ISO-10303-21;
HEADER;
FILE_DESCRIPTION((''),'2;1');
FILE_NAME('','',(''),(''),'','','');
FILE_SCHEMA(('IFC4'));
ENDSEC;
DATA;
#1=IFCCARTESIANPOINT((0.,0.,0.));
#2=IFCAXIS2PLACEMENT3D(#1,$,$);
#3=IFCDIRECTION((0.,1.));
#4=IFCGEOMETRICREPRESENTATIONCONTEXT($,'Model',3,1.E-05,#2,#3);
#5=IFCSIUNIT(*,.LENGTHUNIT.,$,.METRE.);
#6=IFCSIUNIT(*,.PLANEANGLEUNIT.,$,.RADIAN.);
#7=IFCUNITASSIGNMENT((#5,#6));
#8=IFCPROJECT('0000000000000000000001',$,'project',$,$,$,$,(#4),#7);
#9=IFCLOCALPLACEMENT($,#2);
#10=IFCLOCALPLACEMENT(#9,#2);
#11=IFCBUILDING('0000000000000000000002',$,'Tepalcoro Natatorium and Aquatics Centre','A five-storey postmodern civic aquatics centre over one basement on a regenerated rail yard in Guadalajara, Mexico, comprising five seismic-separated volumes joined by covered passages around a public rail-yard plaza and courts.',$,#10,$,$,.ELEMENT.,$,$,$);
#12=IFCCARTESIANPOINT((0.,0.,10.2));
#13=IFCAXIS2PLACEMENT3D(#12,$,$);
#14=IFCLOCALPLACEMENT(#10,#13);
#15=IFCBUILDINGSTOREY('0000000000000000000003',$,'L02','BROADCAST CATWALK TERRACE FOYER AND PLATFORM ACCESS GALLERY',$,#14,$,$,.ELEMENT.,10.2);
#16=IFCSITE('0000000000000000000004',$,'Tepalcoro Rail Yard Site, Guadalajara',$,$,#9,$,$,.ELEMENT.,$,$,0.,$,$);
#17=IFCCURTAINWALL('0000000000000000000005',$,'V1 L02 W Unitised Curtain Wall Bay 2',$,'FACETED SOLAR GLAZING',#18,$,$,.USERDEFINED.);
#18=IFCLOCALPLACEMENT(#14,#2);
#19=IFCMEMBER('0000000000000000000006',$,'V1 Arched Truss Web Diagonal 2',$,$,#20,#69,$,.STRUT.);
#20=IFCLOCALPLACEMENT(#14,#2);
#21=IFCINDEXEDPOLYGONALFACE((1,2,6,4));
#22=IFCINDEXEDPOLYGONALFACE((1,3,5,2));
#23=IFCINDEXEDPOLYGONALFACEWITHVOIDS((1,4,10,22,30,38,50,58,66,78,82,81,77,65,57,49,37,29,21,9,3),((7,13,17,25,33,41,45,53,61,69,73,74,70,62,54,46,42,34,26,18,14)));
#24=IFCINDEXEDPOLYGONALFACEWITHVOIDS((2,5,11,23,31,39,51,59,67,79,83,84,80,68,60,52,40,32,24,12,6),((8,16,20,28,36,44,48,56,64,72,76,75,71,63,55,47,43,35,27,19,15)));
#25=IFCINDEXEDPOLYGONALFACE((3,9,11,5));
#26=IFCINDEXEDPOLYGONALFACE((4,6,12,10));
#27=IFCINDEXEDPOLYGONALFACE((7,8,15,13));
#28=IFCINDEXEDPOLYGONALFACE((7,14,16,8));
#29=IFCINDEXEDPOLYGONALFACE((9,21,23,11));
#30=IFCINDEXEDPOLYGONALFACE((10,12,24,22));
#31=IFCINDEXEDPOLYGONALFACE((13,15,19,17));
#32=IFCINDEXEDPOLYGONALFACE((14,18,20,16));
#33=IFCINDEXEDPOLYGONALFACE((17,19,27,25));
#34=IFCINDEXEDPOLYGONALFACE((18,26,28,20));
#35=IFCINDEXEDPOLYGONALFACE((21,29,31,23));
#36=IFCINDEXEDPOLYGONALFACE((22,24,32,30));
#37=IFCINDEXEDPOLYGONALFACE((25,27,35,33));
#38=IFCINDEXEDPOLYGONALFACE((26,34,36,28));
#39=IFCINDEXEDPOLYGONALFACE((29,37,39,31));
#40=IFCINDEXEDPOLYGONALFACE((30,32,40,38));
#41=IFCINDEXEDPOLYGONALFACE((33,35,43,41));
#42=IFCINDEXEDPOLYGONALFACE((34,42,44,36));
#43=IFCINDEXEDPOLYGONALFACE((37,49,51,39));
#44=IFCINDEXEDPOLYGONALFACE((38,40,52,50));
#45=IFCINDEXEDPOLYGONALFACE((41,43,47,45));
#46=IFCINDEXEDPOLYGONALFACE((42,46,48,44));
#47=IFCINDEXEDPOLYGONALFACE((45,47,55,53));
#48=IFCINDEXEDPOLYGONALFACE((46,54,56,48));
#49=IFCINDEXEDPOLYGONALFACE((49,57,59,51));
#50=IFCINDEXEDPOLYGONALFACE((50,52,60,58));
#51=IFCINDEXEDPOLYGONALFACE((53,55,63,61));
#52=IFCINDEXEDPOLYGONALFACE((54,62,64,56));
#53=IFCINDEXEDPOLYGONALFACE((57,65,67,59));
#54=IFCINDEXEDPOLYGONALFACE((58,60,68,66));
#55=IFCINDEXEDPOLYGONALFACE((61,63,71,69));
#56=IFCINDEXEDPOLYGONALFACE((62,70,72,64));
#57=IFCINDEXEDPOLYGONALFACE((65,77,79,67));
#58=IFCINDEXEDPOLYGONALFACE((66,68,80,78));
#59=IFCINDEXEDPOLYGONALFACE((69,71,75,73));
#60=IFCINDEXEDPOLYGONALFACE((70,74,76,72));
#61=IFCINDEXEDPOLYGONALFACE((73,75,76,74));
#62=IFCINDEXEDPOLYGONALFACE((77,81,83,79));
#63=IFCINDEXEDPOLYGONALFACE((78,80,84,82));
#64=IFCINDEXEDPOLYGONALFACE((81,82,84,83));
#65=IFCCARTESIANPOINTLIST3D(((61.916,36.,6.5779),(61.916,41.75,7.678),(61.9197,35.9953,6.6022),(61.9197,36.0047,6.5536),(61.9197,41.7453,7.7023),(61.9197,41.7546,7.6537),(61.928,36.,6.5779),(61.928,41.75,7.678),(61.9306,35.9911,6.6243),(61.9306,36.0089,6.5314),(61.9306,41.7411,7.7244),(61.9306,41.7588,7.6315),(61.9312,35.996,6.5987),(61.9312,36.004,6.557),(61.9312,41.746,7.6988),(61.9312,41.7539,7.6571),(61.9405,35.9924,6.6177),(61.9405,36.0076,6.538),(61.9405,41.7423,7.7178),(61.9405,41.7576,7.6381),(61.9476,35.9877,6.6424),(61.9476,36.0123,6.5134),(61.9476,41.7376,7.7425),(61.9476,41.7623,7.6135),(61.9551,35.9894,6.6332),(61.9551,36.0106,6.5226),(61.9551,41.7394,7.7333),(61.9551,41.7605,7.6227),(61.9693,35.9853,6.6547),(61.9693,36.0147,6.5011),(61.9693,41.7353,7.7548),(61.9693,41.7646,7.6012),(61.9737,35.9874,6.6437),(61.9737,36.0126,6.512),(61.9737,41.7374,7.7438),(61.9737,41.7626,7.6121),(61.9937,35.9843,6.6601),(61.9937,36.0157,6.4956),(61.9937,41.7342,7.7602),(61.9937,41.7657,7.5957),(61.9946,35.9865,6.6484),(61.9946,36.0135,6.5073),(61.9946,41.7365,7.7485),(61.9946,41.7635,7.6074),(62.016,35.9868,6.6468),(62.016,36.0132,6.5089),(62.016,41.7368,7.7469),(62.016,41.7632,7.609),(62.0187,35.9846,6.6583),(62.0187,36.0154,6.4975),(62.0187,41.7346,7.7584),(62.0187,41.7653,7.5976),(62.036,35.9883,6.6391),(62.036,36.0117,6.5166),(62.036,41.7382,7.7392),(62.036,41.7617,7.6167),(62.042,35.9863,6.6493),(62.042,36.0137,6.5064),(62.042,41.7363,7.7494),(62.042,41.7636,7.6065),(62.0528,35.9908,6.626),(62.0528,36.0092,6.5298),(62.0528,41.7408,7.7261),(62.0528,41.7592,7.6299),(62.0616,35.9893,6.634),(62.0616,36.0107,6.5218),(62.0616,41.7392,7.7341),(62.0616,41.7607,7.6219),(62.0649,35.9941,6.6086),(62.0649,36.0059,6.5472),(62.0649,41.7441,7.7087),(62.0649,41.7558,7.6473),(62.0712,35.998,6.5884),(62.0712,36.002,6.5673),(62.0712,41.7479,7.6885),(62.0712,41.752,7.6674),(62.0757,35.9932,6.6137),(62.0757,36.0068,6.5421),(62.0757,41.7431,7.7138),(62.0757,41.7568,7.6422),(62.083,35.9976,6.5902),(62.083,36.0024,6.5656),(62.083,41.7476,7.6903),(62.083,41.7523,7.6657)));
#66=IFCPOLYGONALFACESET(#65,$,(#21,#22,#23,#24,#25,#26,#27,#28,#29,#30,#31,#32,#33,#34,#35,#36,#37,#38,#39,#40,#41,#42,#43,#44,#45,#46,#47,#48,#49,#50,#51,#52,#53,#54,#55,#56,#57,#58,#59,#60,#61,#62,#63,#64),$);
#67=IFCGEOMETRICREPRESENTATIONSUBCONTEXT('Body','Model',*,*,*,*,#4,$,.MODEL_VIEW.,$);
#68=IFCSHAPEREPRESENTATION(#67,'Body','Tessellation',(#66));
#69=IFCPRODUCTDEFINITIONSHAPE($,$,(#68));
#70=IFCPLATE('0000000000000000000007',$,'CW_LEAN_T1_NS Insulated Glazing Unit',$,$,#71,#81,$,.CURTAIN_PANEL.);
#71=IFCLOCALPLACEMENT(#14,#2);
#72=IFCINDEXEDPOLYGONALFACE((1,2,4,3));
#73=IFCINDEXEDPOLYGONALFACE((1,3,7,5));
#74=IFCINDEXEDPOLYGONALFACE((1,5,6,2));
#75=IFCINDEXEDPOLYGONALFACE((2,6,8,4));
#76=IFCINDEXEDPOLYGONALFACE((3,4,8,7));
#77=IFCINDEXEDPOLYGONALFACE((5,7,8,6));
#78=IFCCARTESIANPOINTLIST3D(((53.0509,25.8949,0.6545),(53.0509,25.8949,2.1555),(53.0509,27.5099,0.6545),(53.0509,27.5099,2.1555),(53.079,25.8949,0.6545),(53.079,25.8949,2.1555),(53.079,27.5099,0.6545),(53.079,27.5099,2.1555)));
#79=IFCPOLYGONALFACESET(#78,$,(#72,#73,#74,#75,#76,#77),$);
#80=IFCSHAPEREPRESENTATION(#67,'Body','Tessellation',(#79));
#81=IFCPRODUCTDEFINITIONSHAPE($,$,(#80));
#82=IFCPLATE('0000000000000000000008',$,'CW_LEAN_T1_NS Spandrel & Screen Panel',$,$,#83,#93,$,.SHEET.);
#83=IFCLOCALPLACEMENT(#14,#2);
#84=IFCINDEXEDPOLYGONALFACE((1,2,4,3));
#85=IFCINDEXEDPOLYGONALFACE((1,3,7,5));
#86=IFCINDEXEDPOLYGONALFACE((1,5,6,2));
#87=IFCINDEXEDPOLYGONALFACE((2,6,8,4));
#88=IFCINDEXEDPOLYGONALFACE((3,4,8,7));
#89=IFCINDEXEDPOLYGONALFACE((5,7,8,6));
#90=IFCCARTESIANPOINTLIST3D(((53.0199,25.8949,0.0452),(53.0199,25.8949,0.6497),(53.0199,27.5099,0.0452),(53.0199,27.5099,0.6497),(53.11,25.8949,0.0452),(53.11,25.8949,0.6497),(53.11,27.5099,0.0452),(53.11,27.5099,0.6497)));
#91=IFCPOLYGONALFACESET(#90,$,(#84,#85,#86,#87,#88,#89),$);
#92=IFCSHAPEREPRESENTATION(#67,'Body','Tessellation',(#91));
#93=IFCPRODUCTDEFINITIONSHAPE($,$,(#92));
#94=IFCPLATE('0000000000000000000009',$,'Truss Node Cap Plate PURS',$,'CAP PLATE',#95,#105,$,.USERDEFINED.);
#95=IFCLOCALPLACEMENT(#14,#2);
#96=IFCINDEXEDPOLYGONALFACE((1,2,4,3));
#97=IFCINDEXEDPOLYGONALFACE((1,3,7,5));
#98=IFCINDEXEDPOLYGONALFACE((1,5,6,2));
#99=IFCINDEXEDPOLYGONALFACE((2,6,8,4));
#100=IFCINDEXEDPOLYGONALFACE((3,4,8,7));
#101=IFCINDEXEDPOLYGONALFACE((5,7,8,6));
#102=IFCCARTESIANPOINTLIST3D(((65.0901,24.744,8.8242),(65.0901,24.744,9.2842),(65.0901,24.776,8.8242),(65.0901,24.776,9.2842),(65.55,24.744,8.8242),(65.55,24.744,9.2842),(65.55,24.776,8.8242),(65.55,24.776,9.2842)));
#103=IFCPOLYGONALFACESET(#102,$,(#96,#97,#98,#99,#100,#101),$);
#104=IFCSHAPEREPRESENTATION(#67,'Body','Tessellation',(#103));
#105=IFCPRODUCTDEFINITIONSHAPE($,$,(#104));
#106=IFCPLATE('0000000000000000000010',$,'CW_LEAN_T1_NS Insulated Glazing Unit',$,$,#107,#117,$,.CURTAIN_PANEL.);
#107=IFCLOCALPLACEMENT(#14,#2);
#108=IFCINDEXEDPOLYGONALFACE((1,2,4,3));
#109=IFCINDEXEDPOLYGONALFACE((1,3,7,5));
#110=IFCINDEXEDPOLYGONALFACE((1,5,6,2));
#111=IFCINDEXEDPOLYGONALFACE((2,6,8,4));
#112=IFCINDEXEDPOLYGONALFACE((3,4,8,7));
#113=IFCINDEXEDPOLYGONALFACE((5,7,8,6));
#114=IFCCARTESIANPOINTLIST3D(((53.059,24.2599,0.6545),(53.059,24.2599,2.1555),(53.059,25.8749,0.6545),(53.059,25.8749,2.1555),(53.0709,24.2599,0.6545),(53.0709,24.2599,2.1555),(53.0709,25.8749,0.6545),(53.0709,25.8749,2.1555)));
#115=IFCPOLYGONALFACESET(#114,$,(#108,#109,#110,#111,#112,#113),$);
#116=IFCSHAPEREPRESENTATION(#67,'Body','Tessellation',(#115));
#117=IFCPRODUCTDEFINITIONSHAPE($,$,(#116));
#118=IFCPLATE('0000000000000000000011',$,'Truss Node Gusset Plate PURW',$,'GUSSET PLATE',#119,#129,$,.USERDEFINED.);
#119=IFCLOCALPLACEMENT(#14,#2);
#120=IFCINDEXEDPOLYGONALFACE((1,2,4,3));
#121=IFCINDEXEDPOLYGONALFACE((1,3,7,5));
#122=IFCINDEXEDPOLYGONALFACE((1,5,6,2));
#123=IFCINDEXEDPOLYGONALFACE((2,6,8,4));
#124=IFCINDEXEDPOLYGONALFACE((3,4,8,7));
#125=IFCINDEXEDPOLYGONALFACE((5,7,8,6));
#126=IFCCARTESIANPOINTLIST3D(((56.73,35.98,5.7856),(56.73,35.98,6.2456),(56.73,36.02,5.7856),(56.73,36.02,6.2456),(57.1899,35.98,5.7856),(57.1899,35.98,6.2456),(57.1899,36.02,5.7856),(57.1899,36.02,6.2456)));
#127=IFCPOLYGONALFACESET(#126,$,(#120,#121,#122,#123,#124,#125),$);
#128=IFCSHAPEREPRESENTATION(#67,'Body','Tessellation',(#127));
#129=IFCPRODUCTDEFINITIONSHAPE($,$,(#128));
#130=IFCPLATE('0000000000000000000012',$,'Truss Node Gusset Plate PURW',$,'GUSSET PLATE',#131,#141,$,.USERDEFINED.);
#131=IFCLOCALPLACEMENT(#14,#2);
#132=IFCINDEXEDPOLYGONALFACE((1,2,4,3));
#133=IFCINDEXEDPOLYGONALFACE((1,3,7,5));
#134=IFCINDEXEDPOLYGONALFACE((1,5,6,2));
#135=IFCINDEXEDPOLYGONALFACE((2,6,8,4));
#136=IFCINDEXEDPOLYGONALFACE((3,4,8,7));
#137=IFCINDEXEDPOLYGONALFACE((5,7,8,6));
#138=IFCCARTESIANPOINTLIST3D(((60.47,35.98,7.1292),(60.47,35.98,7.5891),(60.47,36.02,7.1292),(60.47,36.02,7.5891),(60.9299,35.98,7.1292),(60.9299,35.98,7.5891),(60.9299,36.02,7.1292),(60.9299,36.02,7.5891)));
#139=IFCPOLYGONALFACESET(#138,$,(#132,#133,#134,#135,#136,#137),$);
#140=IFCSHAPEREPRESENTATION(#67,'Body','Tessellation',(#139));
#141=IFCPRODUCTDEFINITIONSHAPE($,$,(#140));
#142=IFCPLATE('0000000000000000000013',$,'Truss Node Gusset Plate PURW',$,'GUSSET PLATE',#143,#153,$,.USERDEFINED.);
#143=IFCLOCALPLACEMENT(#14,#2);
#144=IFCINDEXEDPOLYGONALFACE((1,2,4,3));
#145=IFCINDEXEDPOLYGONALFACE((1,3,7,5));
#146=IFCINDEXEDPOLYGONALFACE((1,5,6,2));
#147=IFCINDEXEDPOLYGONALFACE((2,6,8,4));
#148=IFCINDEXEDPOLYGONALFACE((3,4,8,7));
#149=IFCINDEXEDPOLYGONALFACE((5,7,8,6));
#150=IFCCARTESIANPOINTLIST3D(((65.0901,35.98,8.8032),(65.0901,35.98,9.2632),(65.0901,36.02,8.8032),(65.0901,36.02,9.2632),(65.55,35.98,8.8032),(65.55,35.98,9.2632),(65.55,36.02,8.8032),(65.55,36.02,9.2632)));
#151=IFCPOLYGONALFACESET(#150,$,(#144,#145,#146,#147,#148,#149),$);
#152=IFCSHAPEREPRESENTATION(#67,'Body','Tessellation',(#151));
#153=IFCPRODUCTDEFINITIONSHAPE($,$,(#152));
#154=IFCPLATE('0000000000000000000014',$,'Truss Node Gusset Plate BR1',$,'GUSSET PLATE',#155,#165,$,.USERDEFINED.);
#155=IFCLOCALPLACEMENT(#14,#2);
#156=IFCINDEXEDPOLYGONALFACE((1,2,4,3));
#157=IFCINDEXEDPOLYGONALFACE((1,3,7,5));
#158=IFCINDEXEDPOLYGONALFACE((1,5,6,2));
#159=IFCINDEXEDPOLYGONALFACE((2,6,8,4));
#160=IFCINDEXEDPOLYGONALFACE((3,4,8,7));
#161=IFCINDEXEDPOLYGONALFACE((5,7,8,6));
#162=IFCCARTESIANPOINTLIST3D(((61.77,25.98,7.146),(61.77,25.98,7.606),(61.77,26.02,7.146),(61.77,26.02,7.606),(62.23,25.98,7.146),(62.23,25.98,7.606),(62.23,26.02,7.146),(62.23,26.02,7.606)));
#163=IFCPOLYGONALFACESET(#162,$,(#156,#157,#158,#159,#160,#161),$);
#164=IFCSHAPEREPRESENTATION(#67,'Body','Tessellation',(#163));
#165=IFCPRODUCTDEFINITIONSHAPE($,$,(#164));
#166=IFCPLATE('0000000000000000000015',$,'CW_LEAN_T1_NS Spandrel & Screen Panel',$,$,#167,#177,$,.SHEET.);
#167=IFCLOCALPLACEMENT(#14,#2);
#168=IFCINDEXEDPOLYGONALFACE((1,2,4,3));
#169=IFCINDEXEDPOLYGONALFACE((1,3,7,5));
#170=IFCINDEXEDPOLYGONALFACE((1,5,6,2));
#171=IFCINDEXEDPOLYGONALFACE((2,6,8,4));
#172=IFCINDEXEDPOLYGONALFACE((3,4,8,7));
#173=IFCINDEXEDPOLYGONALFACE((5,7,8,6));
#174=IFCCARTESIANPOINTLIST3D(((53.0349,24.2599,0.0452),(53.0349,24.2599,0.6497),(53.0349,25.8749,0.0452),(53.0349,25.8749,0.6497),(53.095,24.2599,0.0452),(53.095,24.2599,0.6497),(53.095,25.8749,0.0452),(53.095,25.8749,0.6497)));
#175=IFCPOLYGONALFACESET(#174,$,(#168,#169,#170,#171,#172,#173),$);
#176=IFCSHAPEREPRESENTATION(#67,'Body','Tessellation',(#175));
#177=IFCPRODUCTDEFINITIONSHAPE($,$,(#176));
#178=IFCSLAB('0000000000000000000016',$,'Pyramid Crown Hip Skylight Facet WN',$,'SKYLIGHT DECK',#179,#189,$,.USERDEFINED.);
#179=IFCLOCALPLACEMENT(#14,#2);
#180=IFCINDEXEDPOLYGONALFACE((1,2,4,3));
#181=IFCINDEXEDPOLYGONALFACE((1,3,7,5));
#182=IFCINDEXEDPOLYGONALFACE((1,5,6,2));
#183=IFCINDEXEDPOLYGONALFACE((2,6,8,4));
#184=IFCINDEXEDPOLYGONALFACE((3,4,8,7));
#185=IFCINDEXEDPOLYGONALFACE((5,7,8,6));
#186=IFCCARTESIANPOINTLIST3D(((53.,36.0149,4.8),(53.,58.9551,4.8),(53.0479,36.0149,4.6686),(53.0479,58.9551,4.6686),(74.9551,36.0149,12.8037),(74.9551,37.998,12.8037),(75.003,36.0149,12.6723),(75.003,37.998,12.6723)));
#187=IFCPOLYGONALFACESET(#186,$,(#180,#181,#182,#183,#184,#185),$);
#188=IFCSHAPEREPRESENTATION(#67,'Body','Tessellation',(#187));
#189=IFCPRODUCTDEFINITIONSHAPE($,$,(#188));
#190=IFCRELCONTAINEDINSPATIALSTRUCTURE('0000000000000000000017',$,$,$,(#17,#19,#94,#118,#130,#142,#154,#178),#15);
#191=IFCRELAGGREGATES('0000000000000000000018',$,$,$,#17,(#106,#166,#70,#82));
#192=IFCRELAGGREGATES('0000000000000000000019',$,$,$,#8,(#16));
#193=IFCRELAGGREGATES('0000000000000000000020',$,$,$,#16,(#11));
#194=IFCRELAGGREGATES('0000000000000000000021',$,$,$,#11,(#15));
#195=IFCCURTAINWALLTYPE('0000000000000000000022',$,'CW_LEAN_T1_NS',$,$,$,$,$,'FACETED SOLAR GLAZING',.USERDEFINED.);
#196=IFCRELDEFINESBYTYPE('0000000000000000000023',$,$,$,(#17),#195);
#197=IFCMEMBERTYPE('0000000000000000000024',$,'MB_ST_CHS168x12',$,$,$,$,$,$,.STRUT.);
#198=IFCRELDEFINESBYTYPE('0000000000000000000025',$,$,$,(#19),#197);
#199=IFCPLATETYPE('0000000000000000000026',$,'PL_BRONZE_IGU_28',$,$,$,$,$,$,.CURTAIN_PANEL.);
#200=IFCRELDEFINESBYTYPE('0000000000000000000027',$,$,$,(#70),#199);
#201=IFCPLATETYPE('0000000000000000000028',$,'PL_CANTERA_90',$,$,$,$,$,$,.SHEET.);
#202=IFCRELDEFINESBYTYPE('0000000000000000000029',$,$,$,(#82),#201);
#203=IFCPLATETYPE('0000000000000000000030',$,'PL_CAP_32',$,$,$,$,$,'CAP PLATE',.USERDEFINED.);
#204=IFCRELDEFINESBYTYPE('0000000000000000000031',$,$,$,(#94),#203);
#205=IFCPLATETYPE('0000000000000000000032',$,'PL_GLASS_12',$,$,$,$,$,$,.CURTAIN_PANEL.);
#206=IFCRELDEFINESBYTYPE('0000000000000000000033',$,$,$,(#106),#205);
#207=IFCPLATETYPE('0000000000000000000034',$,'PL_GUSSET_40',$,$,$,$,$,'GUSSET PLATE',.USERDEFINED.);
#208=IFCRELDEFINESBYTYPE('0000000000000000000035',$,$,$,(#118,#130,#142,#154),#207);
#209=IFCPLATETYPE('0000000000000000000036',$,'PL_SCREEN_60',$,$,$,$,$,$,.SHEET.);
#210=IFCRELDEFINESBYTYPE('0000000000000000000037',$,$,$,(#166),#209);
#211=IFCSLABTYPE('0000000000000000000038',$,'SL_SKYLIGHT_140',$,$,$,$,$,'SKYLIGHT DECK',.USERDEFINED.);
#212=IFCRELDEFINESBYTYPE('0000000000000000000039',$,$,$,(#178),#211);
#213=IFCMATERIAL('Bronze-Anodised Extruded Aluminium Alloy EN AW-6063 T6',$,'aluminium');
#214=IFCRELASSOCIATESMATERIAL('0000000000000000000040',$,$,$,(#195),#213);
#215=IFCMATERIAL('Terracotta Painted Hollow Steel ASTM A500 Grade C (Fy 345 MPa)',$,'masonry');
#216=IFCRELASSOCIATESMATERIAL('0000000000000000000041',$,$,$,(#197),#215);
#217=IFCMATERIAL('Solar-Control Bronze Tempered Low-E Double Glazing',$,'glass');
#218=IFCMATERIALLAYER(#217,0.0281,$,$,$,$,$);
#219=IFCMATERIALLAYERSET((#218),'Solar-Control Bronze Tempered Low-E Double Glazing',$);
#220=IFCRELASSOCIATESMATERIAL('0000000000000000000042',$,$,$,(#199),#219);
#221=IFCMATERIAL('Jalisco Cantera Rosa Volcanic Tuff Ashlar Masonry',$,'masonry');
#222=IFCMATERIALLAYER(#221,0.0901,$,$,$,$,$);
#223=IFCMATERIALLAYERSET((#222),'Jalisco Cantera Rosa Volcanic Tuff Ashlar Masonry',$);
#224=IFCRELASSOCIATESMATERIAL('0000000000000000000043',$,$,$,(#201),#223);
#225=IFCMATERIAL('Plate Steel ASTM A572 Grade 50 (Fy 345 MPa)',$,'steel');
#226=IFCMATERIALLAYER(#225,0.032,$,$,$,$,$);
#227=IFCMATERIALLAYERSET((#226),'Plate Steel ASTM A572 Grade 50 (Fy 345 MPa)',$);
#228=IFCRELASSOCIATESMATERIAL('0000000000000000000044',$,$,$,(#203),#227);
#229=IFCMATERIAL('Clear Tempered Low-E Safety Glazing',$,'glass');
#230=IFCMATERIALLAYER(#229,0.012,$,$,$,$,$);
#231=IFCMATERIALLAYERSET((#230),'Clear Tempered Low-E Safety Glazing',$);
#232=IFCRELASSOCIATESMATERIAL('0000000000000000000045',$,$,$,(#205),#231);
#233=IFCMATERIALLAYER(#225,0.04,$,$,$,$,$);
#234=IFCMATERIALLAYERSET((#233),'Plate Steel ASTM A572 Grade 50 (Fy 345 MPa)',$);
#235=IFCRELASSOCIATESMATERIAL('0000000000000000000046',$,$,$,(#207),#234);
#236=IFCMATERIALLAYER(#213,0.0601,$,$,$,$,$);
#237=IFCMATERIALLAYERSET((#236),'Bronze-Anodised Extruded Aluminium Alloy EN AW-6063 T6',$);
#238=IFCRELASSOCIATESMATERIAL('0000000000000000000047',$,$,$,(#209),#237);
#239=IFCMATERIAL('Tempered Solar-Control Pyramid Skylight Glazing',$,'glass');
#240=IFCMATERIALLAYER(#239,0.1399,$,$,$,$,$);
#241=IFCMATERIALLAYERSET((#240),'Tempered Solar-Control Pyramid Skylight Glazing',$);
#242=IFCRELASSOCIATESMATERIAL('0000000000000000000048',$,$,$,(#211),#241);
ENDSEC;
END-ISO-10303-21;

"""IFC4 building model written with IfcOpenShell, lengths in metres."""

from ifc_helpers import new_model, si_unit, direction, frame, origin, origin_2d, place, context, subcontext, project, spatial, polyline, rectangle, hollow_circle, outline, extrude, material, layer, layer_set, material_profile, profile_set, type_object, element, aggregate, save


model = new_model("IFC4")

# Units and contexts
model_context = context("Model", 3, precision=1e-05, world=origin(), true_north=direction((0.0, 1.0)))
body_context = subcontext(model_context, "Body", "Model", "MODEL_VIEW")
ifc_project = project(units=[si_unit("LENGTHUNIT", "METRE"), si_unit("PLANEANGLEUNIT", "RADIAN")], contexts=[model_context])

# Site, building, storey
site_placement = place(None, origin())
site = spatial("IfcSite", under=ifc_project, at=site_placement, Name="Tepalcoro Rail Yard Site, Guadalajara", CompositionType="ELEMENT", RefElevation=0.0)
building_placement = place(site_placement, origin())
building = spatial("IfcBuilding", under=site, at=building_placement, Name="Tepalcoro Natatorium and Aquatics Centre", Description="A five-storey postmodern civic aquatics centre over one basement on a regenerated rail yard in Guadalajara, Mexico, comprising five seismic-separated volumes joined by covered passages around a public rail-yard plaza and courts.", CompositionType="ELEMENT")
storey_placement = place(building_placement, frame((0.0, 0.0, 10.2)))
storey = spatial("IfcBuildingStorey", under=building, at=storey_placement, Name="L02", Description="BROADCAST CATWALK TERRACE FOYER AND PLATFORM ACCESS GALLERY", CompositionType="ELEMENT", Elevation=10.2)

# Shared definitions
ifc_material_1 = material(Name="Terracotta Painted Hollow Steel ASTM A500 Grade C (Fy 345 MPa)", Category="masonry")

# Curtain wall
ifc_material_2 = material(Name="Bronze-Anodised Extruded Aluminium Alloy EN AW-6063 T6", Category="aluminium")
curtain_wall_type = type_object("IfcCurtainWallType", Name="CW_LEAN_T1_NS", ElementType="FACETED SOLAR GLAZING", PredefinedType="USERDEFINED", material=ifc_material_2)
curtain_wall_placement = place(storey_placement, origin())
curtain_wall = element("IfcCurtainWall", 1, at=curtain_wall_placement, inside=storey, type_object=curtain_wall_type, Name="V1 L02 W Unitised Curtain Wall Bay 2", ObjectType="FACETED SOLAR GLAZING", PredefinedType="USERDEFINED")

# Member
ifc_material_profile_1 = material_profile(ifc_material_1, hollow_circle(Radius=0.084, WallThickness=0.012, at=origin_2d()), Name="CHS168X12")
ifc_profile_set_1 = profile_set([ifc_material_profile_1], Name="Terracotta Painted Hollow Steel ASTM A500 Grade C (Fy 345 MPa)")
member_type_1 = type_object("IfcMemberType", Name="MB_ST_CHS168x12", PredefinedType="STRUT", material=ifc_profile_set_1)
for number, where, z_axis, x_axis, name in (
    (2, (62.0, 36.0, 6.5779), (0.0, 0.982186, 0.187913), (-1.0, 0.0, 0.0), "V1 Arched Truss Web Diagonal 2"),
):
    element("IfcMember", number, at=place(storey_placement, frame(where, z_axis=z_axis, x_axis=x_axis)), inside=storey, type_object=member_type_1, Name=name, PredefinedType="STRUT", context=body_context, shape_type="SweptSolid", body=[
        extrude(hollow_circle(Radius=0.084, WallThickness=0.012, at=origin_2d()), origin(), (0.0, 0.0, 1.0), 5.8542),
    ])

# Plates
ifc_material_3 = material(Name="Solar-Control Bronze Tempered Low-E Double Glazing", Category="glass")
ifc_layer_1 = layer(ifc_material_3, 0.0281)
ifc_layer_set_1 = layer_set([ifc_layer_1], Name="Solar-Control Bronze Tempered Low-E Double Glazing")
plate_type_1 = type_object("IfcPlateType", Name="PL_BRONZE_IGU_28", PredefinedType="CURTAIN_PANEL", material=ifc_layer_set_1)
plate_1_placement = place(storey_placement, frame((53.0649, 26.7024, 0.6545), z_axis=(0.0, 0.0, 1.0), x_axis=(1.0, 0.0, 0.0)))
plate_1 = element("IfcPlate", 3, at=plate_1_placement, type_object=plate_type_1, Name="CW_LEAN_T1_NS Insulated Glazing Unit", PredefinedType="CURTAIN_PANEL", context=body_context, shape_type="SweptSolid", body=[
    extrude(rectangle(XDim=0.0281, YDim=1.615, at=origin_2d()), origin(), (0.0, 0.0, 1.0), 1.501),
])
ifc_material_4 = material(Name="Jalisco Cantera Rosa Volcanic Tuff Ashlar Masonry", Category="masonry")
ifc_layer_2 = layer(ifc_material_4, 0.0901)
ifc_layer_set_2 = layer_set([ifc_layer_2], Name="Jalisco Cantera Rosa Volcanic Tuff Ashlar Masonry")
plate_type_2 = type_object("IfcPlateType", Name="PL_CANTERA_90", PredefinedType="SHEET", material=ifc_layer_set_2)
plate_2_placement = place(storey_placement, frame((53.0649, 26.7024, 0.0452), z_axis=(0.0, 0.0, 1.0), x_axis=(1.0, 0.0, 0.0)))
plate_2 = element("IfcPlate", 4, at=plate_2_placement, type_object=plate_type_2, Name="CW_LEAN_T1_NS Spandrel & Screen Panel", PredefinedType="SHEET", context=body_context, shape_type="SweptSolid", body=[
    extrude(rectangle(XDim=0.0901, YDim=1.615, at=origin_2d()), origin(), (0.0, 0.0, 1.0), 0.6045),
])
ifc_material_5 = material(Name="Plate Steel ASTM A572 Grade 50 (Fy 345 MPa)", Category="steel")
ifc_layer_3 = layer(ifc_material_5, 0.032)
ifc_layer_set_3 = layer_set([ifc_layer_3], Name="Plate Steel ASTM A572 Grade 50 (Fy 345 MPa)")
plate_type_3 = type_object("IfcPlateType", Name="PL_CAP_32", ElementType="CAP PLATE", PredefinedType="USERDEFINED", material=ifc_layer_set_3)
plate_3_placement = place(storey_placement, frame((65.3201, 24.76, 8.8242), z_axis=(0.0, 0.0, 1.0), x_axis=(1.0, 0.0, 0.0)))
element("IfcPlate", 5, at=plate_3_placement, inside=storey, type_object=plate_type_3, Name="Truss Node Cap Plate PURS", ObjectType="CAP PLATE", PredefinedType="USERDEFINED", context=body_context, shape_type="SweptSolid", body=[
    extrude(rectangle(XDim=0.46, YDim=0.032, at=origin_2d()), origin(), (0.0, 0.0, 1.0), 0.46),
])
ifc_material_6 = material(Name="Clear Tempered Low-E Safety Glazing", Category="glass")
ifc_layer_4 = layer(ifc_material_6, 0.012)
ifc_layer_set_4 = layer_set([ifc_layer_4], Name="Clear Tempered Low-E Safety Glazing")
plate_type_4 = type_object("IfcPlateType", Name="PL_GLASS_12", PredefinedType="CURTAIN_PANEL", material=ifc_layer_set_4)
plate_4_placement = place(storey_placement, frame((53.0649, 25.0674, 0.6545), z_axis=(0.0, 0.0, 1.0), x_axis=(1.0, 0.0, 0.0)))
plate_4 = element("IfcPlate", 6, at=plate_4_placement, type_object=plate_type_4, Name="CW_LEAN_T1_NS Insulated Glazing Unit", PredefinedType="CURTAIN_PANEL", context=body_context, shape_type="SweptSolid", body=[
    extrude(rectangle(XDim=0.012, YDim=1.615, at=origin_2d()), origin(), (0.0, 0.0, 1.0), 1.501),
])

# Plates
ifc_layer_5 = layer(ifc_material_5, 0.04)
ifc_layer_set_5 = layer_set([ifc_layer_5], Name="Plate Steel ASTM A572 Grade 50 (Fy 345 MPa)")
plate_type_5 = type_object("IfcPlateType", Name="PL_GUSSET_40", ElementType="GUSSET PLATE", PredefinedType="USERDEFINED", material=ifc_layer_set_5)
for number, where, z_axis, x_axis, name in (
    (7, (56.96, 36.0, 5.7856), (0.0, 0.0, 1.0), (1.0, 0.0, 0.0), "Truss Node Gusset Plate PURW"),
    (8, (60.7, 36.0, 7.1292), (0.0, 0.0, 1.0), (1.0, 0.0, 0.0), "Truss Node Gusset Plate PURW"),
    (9, (65.3201, 36.0, 8.8032), (0.0, 0.0, 1.0), (1.0, 0.0, 0.0), "Truss Node Gusset Plate PURW"),
    (10, (62.0, 26.0, 7.146), (0.0, 0.0, 1.0), (1.0, 0.0, 0.0), "Truss Node Gusset Plate BR1"),
):
    element("IfcPlate", number, at=place(storey_placement, frame(where, z_axis=z_axis, x_axis=x_axis)), inside=storey, type_object=plate_type_5, Name=name, ObjectType="GUSSET PLATE", PredefinedType="USERDEFINED", context=body_context, shape_type="SweptSolid", body=[
        extrude(rectangle(XDim=0.46, YDim=0.04, at=origin_2d()), origin(), (0.0, 0.0, 1.0), 0.46),
    ])

# Plate
ifc_layer_6 = layer(ifc_material_2, 0.0601)
ifc_layer_set_6 = layer_set([ifc_layer_6], Name="Bronze-Anodised Extruded Aluminium Alloy EN AW-6063 T6")
plate_type_6 = type_object("IfcPlateType", Name="PL_SCREEN_60", PredefinedType="SHEET", material=ifc_layer_set_6)
plate_5_placement = place(storey_placement, frame((53.0649, 25.0674, 0.0452), z_axis=(0.0, 0.0, 1.0), x_axis=(1.0, 0.0, 0.0)))
plate_5 = element("IfcPlate", 11, at=plate_5_placement, type_object=plate_type_6, Name="CW_LEAN_T1_NS Spandrel & Screen Panel", PredefinedType="SHEET", context=body_context, shape_type="SweptSolid", body=[
    extrude(rectangle(XDim=0.0601, YDim=1.615, at=origin_2d()), origin(), (0.0, 0.0, 1.0), 0.6045),
])
aggregate(curtain_wall, [plate_4, plate_5, plate_1, plate_2])

# Slab
ifc_material_7 = material(Name="Tempered Solar-Control Pyramid Skylight Glazing", Category="glass")
ifc_layer_7 = layer(ifc_material_7, 0.1399)
ifc_layer_set_7 = layer_set([ifc_layer_7], Name="Tempered Solar-Control Pyramid Skylight Glazing")
slab_type = type_object("IfcSlabType", Name="SL_SKYLIGHT_140", ElementType="SKYLIGHT DECK", PredefinedType="USERDEFINED", material=ifc_layer_set_7)
slab_placement = place(storey_placement, frame((53.0, 36.0149, 4.8), z_axis=(-0.342499, 0.0, 0.939518), x_axis=(0.939518, 0.0, 0.342499)))
element("IfcSlab", 12, at=slab_placement, inside=storey, type_object=slab_type, Name="Pyramid Crown Hip Skylight Facet WN", ObjectType="SKYLIGHT DECK", PredefinedType="USERDEFINED", context=body_context, shape_type="SweptSolid", body=[
    extrude(outline(polyline([(0.0, 0.0), (23.3684, 0.0), (23.3684, 1.9832), (0.0, 22.9402), (0.0, 0.0)])), origin(), (0.0, 0.0, -1.0), 0.1399),
])

save(model, "model.ifc")
